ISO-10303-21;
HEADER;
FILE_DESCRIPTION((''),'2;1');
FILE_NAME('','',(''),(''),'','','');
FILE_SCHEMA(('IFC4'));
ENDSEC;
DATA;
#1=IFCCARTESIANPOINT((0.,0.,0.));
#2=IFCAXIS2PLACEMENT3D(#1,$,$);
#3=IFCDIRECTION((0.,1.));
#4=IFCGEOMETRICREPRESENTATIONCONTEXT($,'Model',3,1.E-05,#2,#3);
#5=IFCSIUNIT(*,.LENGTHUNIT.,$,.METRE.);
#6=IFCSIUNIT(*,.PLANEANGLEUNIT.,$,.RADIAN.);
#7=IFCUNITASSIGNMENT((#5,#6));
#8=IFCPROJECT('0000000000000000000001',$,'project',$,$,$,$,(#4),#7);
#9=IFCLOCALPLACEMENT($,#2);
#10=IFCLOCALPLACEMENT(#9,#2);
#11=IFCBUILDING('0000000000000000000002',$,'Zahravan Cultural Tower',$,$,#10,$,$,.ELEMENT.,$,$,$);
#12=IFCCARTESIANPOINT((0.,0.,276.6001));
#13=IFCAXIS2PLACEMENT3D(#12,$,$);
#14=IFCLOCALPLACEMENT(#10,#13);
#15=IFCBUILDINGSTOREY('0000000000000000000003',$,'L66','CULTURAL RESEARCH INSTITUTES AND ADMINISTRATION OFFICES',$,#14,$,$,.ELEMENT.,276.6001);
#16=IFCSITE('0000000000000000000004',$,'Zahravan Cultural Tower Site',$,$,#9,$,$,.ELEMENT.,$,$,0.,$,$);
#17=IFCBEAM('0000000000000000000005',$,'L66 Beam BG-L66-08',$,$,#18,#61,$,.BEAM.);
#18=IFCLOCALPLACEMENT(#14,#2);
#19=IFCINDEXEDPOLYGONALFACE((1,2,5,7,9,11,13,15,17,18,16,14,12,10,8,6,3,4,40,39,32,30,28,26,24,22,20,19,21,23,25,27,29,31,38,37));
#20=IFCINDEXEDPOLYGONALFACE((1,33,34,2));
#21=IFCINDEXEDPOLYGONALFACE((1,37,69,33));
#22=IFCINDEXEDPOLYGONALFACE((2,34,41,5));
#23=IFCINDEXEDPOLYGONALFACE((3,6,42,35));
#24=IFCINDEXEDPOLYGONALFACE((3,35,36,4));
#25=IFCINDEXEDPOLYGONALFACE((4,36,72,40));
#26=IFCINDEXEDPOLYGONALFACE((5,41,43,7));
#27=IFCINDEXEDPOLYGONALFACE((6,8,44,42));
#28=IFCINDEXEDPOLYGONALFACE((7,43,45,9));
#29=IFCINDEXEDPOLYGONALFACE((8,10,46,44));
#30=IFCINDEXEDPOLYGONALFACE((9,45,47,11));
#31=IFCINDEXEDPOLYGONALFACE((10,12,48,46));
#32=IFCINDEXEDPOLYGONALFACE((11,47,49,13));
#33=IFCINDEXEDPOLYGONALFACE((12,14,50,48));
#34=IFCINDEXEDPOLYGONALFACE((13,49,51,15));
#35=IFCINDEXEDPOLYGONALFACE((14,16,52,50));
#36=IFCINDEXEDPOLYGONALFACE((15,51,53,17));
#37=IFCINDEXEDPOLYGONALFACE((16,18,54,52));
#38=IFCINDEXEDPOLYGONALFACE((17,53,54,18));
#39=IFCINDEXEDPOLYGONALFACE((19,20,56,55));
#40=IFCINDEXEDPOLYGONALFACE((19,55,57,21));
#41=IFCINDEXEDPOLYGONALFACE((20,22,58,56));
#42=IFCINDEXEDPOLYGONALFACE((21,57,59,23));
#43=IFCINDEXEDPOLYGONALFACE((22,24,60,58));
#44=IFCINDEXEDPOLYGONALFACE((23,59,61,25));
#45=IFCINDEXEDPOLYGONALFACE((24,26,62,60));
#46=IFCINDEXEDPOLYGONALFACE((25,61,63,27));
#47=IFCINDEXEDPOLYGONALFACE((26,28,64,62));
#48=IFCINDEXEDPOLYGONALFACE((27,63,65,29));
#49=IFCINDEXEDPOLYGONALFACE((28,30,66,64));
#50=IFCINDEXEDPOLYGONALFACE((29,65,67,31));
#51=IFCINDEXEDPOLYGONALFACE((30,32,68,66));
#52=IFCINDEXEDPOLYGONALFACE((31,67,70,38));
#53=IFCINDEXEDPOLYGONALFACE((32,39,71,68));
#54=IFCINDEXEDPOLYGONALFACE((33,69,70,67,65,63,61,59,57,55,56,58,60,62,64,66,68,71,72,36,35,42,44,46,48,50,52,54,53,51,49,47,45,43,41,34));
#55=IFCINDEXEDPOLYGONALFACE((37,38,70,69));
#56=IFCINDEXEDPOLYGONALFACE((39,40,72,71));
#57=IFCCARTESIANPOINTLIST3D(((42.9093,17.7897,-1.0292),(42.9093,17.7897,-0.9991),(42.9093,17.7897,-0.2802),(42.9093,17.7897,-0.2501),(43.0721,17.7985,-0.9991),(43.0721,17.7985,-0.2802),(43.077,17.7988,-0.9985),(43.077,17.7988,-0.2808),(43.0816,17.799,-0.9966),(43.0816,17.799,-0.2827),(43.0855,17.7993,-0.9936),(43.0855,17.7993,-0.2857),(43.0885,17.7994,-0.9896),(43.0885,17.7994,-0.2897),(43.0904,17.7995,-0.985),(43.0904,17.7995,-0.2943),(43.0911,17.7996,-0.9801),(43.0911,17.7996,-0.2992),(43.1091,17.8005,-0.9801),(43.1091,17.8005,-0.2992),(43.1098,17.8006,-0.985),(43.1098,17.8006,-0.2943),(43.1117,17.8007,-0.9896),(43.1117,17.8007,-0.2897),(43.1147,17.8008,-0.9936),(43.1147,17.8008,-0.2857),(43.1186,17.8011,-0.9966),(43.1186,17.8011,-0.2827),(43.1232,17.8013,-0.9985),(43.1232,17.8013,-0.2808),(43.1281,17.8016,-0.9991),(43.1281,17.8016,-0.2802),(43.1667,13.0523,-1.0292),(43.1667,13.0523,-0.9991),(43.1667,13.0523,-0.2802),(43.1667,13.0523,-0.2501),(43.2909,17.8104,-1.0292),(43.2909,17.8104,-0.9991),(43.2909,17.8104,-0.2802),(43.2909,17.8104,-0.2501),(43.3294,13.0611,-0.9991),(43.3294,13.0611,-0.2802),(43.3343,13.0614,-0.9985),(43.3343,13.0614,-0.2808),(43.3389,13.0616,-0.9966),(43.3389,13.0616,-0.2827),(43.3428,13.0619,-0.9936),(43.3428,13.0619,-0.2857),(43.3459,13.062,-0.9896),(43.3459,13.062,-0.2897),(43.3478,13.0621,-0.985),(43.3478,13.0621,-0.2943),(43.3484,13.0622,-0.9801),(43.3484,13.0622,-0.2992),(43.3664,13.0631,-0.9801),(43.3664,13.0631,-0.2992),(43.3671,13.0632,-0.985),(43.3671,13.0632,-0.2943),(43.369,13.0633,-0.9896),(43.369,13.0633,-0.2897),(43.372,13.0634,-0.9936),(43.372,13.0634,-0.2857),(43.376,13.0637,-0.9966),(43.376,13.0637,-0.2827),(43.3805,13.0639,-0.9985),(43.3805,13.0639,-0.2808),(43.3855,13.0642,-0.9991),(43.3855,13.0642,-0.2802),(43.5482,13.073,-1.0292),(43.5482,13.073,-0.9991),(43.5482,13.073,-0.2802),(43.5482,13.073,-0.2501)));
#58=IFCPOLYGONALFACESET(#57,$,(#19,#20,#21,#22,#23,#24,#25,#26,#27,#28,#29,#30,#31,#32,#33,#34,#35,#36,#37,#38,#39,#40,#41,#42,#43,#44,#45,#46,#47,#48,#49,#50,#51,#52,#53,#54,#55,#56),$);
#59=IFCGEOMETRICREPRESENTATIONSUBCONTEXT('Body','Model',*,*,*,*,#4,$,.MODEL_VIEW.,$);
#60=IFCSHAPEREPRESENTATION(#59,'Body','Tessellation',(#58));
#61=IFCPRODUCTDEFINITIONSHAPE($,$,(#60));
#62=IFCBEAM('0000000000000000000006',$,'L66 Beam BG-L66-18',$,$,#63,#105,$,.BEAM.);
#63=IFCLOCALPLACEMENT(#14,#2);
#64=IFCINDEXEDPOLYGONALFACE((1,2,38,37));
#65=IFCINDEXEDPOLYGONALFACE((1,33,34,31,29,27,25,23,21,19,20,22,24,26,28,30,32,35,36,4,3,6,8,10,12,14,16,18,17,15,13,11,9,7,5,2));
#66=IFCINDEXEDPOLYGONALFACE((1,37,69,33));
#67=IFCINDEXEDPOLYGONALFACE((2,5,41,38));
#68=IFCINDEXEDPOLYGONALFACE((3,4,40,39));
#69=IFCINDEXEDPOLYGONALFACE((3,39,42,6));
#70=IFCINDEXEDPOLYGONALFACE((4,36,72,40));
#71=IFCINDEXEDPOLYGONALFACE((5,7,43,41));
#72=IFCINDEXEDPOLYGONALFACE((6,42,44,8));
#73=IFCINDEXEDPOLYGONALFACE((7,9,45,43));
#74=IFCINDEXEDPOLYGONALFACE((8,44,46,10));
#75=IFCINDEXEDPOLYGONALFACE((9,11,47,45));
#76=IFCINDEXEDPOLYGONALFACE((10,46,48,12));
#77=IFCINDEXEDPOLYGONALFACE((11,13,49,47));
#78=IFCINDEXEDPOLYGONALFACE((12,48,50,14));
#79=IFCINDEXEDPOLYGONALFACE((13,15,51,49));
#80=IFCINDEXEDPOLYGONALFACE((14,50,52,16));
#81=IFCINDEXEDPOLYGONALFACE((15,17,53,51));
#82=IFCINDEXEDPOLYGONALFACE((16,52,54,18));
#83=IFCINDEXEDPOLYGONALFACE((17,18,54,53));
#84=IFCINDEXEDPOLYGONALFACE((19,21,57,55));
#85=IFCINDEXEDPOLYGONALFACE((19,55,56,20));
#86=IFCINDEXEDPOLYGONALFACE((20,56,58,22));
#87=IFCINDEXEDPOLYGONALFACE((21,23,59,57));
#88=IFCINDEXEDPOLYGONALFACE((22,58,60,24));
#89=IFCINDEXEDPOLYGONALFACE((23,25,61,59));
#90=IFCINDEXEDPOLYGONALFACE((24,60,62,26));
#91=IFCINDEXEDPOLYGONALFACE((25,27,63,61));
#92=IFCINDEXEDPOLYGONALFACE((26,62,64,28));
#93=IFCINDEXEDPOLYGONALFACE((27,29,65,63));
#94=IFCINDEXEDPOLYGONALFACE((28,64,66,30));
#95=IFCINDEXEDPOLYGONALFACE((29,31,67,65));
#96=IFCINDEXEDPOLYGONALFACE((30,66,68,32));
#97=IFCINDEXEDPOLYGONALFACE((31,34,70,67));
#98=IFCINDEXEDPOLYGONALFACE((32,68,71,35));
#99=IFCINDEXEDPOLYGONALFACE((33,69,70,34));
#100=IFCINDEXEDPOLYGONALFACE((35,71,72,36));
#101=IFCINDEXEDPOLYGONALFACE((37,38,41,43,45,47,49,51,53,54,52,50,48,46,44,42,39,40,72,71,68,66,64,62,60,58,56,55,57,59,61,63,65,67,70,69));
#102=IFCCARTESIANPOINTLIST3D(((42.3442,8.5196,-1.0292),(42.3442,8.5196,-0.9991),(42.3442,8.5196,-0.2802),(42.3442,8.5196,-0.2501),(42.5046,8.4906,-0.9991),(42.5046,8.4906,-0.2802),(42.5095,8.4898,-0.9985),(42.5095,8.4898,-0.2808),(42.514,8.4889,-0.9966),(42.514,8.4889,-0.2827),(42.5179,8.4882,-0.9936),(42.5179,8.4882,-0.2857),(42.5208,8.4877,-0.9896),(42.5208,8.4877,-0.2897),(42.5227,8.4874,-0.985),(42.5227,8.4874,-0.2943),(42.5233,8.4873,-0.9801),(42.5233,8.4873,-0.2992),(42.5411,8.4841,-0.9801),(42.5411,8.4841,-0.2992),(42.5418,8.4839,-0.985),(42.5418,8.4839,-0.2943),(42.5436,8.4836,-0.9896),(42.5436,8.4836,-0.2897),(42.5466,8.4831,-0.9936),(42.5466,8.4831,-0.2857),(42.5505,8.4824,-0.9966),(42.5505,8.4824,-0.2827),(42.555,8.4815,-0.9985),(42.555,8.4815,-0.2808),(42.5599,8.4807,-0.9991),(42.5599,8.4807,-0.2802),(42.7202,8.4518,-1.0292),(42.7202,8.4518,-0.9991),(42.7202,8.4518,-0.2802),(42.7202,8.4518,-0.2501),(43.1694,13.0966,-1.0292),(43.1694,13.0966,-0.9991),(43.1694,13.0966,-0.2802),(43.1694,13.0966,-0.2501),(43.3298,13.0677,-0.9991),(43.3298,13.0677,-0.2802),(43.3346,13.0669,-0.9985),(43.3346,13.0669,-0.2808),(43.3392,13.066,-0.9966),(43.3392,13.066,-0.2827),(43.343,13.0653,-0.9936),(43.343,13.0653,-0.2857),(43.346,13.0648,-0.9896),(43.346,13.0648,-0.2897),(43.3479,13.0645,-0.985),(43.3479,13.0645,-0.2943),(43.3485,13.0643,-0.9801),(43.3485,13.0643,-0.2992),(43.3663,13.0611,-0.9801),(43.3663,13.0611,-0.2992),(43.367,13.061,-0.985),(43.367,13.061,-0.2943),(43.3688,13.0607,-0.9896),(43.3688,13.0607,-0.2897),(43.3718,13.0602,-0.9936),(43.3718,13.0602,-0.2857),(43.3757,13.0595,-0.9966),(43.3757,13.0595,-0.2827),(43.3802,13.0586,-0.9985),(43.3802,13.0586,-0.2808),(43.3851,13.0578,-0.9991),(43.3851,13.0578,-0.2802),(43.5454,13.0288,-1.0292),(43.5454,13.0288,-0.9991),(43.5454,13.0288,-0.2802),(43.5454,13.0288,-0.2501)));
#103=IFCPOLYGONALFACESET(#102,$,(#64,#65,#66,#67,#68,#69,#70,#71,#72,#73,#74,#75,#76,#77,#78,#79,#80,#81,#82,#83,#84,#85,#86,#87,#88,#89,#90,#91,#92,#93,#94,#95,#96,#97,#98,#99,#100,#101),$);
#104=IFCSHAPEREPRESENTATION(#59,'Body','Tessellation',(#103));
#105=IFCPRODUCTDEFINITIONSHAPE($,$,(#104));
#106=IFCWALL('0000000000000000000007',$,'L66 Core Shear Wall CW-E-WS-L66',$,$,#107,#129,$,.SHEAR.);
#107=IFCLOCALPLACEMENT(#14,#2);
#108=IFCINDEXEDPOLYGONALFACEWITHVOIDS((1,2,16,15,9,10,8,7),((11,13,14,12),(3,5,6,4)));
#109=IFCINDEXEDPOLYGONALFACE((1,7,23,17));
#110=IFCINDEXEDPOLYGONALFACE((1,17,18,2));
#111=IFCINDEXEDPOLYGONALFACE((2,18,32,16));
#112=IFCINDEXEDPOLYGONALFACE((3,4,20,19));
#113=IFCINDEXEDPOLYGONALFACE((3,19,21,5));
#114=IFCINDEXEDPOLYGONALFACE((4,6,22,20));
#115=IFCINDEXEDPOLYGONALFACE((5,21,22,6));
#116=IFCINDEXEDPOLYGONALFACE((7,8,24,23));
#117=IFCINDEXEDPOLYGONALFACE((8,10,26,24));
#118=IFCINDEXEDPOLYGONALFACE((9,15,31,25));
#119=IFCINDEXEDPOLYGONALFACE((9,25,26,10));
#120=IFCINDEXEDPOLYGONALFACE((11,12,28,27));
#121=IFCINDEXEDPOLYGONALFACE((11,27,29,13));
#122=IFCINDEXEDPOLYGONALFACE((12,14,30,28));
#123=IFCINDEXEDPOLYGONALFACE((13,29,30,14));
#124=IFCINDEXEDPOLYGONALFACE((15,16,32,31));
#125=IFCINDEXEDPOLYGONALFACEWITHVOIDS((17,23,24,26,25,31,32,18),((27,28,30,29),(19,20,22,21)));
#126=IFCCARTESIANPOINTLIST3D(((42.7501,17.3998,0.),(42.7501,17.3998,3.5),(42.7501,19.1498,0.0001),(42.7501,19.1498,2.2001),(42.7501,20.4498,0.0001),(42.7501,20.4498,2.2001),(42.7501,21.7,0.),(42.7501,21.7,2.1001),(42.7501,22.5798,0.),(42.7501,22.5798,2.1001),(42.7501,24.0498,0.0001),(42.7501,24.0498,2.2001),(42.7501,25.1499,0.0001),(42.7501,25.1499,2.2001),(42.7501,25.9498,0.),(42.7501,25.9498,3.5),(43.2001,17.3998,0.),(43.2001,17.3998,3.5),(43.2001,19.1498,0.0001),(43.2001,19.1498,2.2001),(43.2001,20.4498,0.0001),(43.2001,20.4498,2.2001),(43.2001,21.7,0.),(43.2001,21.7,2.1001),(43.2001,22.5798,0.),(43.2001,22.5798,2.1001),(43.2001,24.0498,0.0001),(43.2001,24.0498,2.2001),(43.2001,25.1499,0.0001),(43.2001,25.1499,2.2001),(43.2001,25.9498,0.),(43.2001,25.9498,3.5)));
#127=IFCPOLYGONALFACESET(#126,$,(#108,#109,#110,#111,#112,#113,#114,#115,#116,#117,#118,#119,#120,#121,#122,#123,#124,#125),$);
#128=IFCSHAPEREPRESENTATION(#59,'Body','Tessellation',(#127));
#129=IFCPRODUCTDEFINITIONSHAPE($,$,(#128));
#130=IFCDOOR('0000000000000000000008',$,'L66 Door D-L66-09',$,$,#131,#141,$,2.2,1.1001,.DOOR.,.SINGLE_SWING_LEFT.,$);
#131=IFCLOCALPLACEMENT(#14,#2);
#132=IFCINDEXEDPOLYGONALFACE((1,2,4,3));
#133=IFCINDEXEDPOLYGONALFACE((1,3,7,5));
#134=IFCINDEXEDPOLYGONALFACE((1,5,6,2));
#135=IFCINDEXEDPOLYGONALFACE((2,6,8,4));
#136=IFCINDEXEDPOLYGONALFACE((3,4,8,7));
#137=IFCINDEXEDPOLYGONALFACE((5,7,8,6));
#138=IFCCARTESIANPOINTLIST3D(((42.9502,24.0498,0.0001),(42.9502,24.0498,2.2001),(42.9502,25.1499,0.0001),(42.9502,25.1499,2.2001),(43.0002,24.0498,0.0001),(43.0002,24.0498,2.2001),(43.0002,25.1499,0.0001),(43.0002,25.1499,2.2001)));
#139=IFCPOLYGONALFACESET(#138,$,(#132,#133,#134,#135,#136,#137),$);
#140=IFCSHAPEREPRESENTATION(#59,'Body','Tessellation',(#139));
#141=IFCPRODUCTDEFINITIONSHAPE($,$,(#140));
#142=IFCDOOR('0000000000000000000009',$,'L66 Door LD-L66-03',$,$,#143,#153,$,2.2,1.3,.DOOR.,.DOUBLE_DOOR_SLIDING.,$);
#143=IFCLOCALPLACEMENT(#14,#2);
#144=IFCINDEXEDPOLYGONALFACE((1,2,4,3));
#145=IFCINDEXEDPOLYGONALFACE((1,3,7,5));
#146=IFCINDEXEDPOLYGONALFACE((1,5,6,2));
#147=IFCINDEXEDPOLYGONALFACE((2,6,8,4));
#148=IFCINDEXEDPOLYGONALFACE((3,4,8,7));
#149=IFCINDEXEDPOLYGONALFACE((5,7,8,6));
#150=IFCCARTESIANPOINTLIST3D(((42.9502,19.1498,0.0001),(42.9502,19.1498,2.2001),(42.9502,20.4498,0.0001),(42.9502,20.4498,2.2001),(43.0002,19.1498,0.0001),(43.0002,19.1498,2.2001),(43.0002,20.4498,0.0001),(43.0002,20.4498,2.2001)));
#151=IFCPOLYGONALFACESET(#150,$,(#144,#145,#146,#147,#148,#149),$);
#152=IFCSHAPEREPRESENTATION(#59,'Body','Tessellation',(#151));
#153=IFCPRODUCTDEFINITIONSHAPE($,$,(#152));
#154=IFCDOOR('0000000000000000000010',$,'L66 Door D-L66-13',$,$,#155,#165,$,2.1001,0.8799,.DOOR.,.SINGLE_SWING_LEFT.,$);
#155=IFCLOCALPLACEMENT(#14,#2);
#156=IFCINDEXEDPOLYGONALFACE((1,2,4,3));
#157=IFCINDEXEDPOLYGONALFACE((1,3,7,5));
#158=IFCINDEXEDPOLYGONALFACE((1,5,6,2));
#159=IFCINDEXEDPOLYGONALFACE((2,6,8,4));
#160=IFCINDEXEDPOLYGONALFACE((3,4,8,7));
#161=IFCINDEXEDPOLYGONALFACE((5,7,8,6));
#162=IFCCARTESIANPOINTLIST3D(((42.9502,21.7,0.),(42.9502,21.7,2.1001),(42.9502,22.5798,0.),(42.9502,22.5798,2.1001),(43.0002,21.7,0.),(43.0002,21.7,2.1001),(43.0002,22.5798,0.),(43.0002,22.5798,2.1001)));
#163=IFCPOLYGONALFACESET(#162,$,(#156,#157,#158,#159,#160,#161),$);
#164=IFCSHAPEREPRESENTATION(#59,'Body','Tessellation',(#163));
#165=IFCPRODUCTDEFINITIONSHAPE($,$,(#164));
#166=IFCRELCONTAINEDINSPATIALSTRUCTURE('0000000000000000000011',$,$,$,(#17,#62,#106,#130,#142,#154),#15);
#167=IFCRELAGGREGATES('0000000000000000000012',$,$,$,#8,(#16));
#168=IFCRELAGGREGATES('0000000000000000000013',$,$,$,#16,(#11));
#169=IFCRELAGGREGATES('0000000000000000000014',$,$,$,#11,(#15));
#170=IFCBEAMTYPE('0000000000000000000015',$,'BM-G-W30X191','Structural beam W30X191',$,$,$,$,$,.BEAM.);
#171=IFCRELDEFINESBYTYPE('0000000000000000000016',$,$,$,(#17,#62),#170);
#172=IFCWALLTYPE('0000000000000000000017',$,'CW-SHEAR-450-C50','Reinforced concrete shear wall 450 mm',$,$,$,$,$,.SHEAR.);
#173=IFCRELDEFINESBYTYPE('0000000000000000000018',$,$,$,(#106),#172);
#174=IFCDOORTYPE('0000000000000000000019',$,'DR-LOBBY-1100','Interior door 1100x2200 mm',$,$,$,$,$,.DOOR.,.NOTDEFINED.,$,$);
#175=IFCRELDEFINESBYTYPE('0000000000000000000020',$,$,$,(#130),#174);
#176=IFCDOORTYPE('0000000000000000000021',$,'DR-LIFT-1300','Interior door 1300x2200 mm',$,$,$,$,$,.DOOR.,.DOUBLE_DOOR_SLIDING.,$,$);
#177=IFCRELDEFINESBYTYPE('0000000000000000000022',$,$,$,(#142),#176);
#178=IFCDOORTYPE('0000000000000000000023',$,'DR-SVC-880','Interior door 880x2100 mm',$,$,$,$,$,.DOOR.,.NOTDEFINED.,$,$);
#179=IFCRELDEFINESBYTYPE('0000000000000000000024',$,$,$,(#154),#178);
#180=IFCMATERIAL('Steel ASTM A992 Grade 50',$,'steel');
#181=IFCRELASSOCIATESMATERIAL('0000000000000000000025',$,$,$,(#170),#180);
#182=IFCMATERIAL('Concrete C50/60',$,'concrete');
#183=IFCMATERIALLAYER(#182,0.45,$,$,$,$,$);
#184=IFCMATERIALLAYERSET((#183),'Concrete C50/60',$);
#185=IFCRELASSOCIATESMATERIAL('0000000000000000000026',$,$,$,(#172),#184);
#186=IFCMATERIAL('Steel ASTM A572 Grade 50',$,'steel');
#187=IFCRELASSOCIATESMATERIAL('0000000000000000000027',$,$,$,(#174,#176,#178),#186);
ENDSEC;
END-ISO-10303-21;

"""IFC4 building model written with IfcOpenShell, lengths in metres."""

from ifc_helpers import new_model, si_unit, direction, frame, frame_2d, origin, origin_2d, place, context, subcontext, project, spatial, rectangle, i_section, extrude, source, transform, mapped, material, layer, layer_set, material_profile, profile_set, type_object, element, fill, save


model = new_model("IFC4")

# Units and contexts
model_context = context("Model", 3, precision=1e-05, world=origin(), true_north=direction((0.0, 1.0)))
body_context = subcontext(model_context, "Body", "Model", "MODEL_VIEW")
ifc_project = project(units=[si_unit("LENGTHUNIT", "METRE"), si_unit("PLANEANGLEUNIT", "RADIAN")], contexts=[model_context])

# Site, building, storey
site_placement = place(None, origin())
site = spatial("IfcSite", under=ifc_project, at=site_placement, Name="Zahravan Cultural Tower Site", CompositionType="ELEMENT", RefElevation=0.0)
building_placement = place(site_placement, origin())
building = spatial("IfcBuilding", under=site, at=building_placement, Name="Zahravan Cultural Tower", CompositionType="ELEMENT")
storey_placement = place(building_placement, frame((0.0, 0.0, 276.6001)))
storey = spatial("IfcBuildingStorey", under=building, at=storey_placement, Name="L66", Description="CULTURAL RESEARCH INSTITUTES AND ADMINISTRATION OFFICES", CompositionType="ELEMENT", Elevation=276.6001)

# Shared definitions
ifc_material_1 = material(Name="Concrete C50/60", Category="concrete")
ifc_material_2 = material(Name="Steel ASTM A992 Grade 50", Category="steel")

# Beams
ifc_material_profile_1 = material_profile(ifc_material_2, i_section(OverallWidth=0.3821, OverallDepth=0.7791, WebThickness=0.0181, FlangeThickness=0.03, FilletRadius=0.019, at=origin_2d()), Name="W30X191")
ifc_profile_set_1 = profile_set([ifc_material_profile_1], Name="Steel ASTM A992 Grade 50")
beam_type_1 = type_object("IfcBeamType", Name="BM-G-W30X191", Description="Structural beam W30X191", PredefinedType="BEAM", material=ifc_profile_set_1)
shared_shape_1 = source(origin(), body_context, "Body", "SweptSolid", [
    extrude(i_section(OverallWidth=0.3821, OverallDepth=0.7791, WebThickness=0.0181, FlangeThickness=0.03, FilletRadius=0.019, at=origin_2d()), origin(), (0.0, 0.0, 1.0), 4.7444),
])
beam_1_placement = place(storey_placement, frame((43.1001, 17.8, -0.6396), z_axis=(0.054239, -0.998528, 0.0), x_axis=(0.998528, 0.054239, 0.0)))
element("IfcBeam", 1, at=beam_1_placement, inside=storey, type_object=beam_type_1, Name="L66 Beam BG-L66-08", PredefinedType="BEAM", context=body_context, shape_type="MappedRepresentation", body=[
    mapped(shared_shape_1, transform((0.0, 0.0, 0.0), x_axis=(1.0, 0.0, 0.0), y_axis=(0.0, 1.0, 0.0), z_axis=(0.0, 0.0, 1.0), scale=1.0)),
])
shared_shape_2 = source(origin(), body_context, "Body", "SweptSolid", [
    extrude(i_section(OverallWidth=0.3821, OverallDepth=0.7791, WebThickness=0.0181, FlangeThickness=0.03, FilletRadius=0.019, at=origin_2d()), origin(), (0.0, 0.0, 1.0), 4.6509),
])
beam_2_placement = place(storey_placement, frame((43.3574, 13.0627, -0.6396), z_axis=(-0.177426, -0.984134, 0.0), x_axis=(0.984134, -0.177426, 0.0)))
element("IfcBeam", 2, at=beam_2_placement, inside=storey, type_object=beam_type_1, Name="L66 Beam BG-L66-18", PredefinedType="BEAM", context=body_context, shape_type="MappedRepresentation", body=[
    mapped(shared_shape_2, transform((0.0, 0.0, 0.0), x_axis=(1.0, 0.0, 0.0), y_axis=(0.0, 1.0, 0.0), z_axis=(0.0, 0.0, 1.0), scale=1.0)),
])

# Wall, openings, doors
ifc_layer_1 = layer(ifc_material_1, 0.45)
ifc_layer_set_1 = layer_set([ifc_layer_1], Name="Concrete C50/60")
wall_type_1 = type_object("IfcWallType", Name="CW-SHEAR-450-C50", Description="Reinforced concrete shear wall 450 mm", PredefinedType="SHEAR", material=ifc_layer_set_1)
wall_1_placement = place(storey_placement, frame((42.9751, 17.3999, 0.0), z_axis=(0.0, 0.0, 1.0), x_axis=(0.0, 1.0, 0.0)))
wall_1 = element("IfcWall", 3, at=wall_1_placement, inside=storey, type_object=wall_type_1, Name="L66 Core Shear Wall CW-E-WS-L66", PredefinedType="SHEAR", context=body_context, shape_type="SweptSolid", body=[
    extrude(rectangle(XDim=8.55, YDim=0.45, at=frame_2d((4.2749, 0.0))), origin(), (0.0, 0.0, 1.0), 3.5),
])
opening_1_placement = place(wall_1_placement, frame((6.6499, 0.0, 0.0)))
opening_1 = element("IfcOpeningElement", 4, at=opening_1_placement, cuts=wall_1, PredefinedType="OPENING", context=body_context, shape_type="SweptSolid", body=[
    extrude(rectangle(XDim=1.1001, YDim=2.2, at=frame_2d((0.55, 1.1001))), frame((0.0, 0.2349, 0.0), z_axis=(0.0, -1.0, 0.0), x_axis=(1.0, 0.0, 0.0)), (0.0, 0.0, 1.0), 0.47),
])
opening_2_placement = place(wall_1_placement, frame((1.75, 0.0, 0.0)))
opening_2 = element("IfcOpeningElement", 5, at=opening_2_placement, cuts=wall_1, PredefinedType="OPENING", context=body_context, shape_type="SweptSolid", body=[
    extrude(rectangle(XDim=1.3, YDim=2.2, at=frame_2d((0.6499, 1.1001))), frame((0.0, 0.2349, 0.0), z_axis=(0.0, -1.0, 0.0), x_axis=(1.0, 0.0, 0.0)), (0.0, 0.0, 1.0), 0.47),
])
opening_3_placement = place(wall_1_placement, frame((4.3, 0.0, 0.0)))
opening_3 = element("IfcOpeningElement", 6, at=opening_3_placement, cuts=wall_1, PredefinedType="OPENING", context=body_context, shape_type="SweptSolid", body=[
    extrude(rectangle(XDim=0.8799, YDim=2.1001, at=frame_2d((0.4399, 1.05))), frame((0.0, 0.2349, 0.0), z_axis=(0.0, -1.0, 0.0), x_axis=(1.0, 0.0, 0.0)), (0.0, 0.0, 1.0), 0.47),
])
ifc_material_3 = material(Name="Steel ASTM A572 Grade 50", Category="steel")
door_type_1 = type_object("IfcDoorType", Name="DR-LOBBY-1100", Description="Interior door 1100x2200 mm", OperationType="NOTDEFINED", PredefinedType="DOOR", material=ifc_material_3)
shared_shape_3 = source(origin(), body_context, "Body", "SweptSolid", [
    extrude(rectangle(XDim=1.1001, YDim=2.2, at=frame_2d((0.55, 1.1001))), frame((0.0, 0.0249, 0.0), z_axis=(0.0, -1.0, 0.0), x_axis=(1.0, 0.0, 0.0)), (0.0, 0.0, 1.0), 0.05),
])
door_1_placement = place(opening_1_placement, origin())
door_1 = element("IfcDoor", 7, at=door_1_placement, inside=storey, type_object=door_type_1, Name="L66 Door D-L66-09", OperationType="SINGLE_SWING_LEFT", OverallHeight=2.2, OverallWidth=1.1001, PredefinedType="DOOR", context=body_context, shape_type="MappedRepresentation", body=[
    mapped(shared_shape_3, transform((0.0, 0.0, 0.0), x_axis=(1.0, 0.0, 0.0), y_axis=(0.0, 1.0, 0.0), z_axis=(0.0, 0.0, 1.0), scale=1.0)),
])
fill(opening_1, door_1)
door_type_2 = type_object("IfcDoorType", Name="DR-LIFT-1300", Description="Interior door 1300x2200 mm", OperationType="DOUBLE_DOOR_SLIDING", PredefinedType="DOOR", material=ifc_material_3)
shared_shape_4 = source(origin(), body_context, "Body", "SweptSolid", [
    extrude(rectangle(XDim=1.3, YDim=2.2, at=frame_2d((0.6499, 1.1001))), frame((0.0, 0.0249, 0.0), z_axis=(0.0, -1.0, 0.0), x_axis=(1.0, 0.0, 0.0)), (0.0, 0.0, 1.0), 0.05),
])
door_2_placement = place(opening_2_placement, origin())
door_2 = element("IfcDoor", 8, at=door_2_placement, inside=storey, type_object=door_type_2, Name="L66 Door LD-L66-03", OperationType="DOUBLE_DOOR_SLIDING", OverallHeight=2.2, OverallWidth=1.3, PredefinedType="DOOR", context=body_context, shape_type="MappedRepresentation", body=[
    mapped(shared_shape_4, transform((0.0, 0.0, 0.0), x_axis=(1.0, 0.0, 0.0), y_axis=(0.0, 1.0, 0.0), z_axis=(0.0, 0.0, 1.0), scale=1.0)),
])
fill(opening_2, door_2)
door_type_3 = type_object("IfcDoorType", Name="DR-SVC-880", Description="Interior door 880x2100 mm", OperationType="NOTDEFINED", PredefinedType="DOOR", material=ifc_material_3)
shared_shape_5 = source(origin(), body_context, "Body", "SweptSolid", [
    extrude(rectangle(XDim=0.8799, YDim=2.1001, at=frame_2d((0.4399, 1.05))), frame((0.0, 0.0249, 0.0), z_axis=(0.0, -1.0, 0.0), x_axis=(1.0, 0.0, 0.0)), (0.0, 0.0, 1.0), 0.05),
])
door_3_placement = place(opening_3_placement, origin())
door_3 = element("IfcDoor", 9, at=door_3_placement, inside=storey, type_object=door_type_3, Name="L66 Door D-L66-13", OperationType="SINGLE_SWING_LEFT", OverallHeight=2.1001, OverallWidth=0.8799, PredefinedType="DOOR", context=body_context, shape_type="MappedRepresentation", body=[
    mapped(shared_shape_5, transform((0.0, 0.0, 0.0), x_axis=(1.0, 0.0, 0.0), y_axis=(0.0, 1.0, 0.0), z_axis=(0.0, 0.0, 1.0), scale=1.0)),
])
fill(opening_3, door_3)

save(model, "model.ifc")
